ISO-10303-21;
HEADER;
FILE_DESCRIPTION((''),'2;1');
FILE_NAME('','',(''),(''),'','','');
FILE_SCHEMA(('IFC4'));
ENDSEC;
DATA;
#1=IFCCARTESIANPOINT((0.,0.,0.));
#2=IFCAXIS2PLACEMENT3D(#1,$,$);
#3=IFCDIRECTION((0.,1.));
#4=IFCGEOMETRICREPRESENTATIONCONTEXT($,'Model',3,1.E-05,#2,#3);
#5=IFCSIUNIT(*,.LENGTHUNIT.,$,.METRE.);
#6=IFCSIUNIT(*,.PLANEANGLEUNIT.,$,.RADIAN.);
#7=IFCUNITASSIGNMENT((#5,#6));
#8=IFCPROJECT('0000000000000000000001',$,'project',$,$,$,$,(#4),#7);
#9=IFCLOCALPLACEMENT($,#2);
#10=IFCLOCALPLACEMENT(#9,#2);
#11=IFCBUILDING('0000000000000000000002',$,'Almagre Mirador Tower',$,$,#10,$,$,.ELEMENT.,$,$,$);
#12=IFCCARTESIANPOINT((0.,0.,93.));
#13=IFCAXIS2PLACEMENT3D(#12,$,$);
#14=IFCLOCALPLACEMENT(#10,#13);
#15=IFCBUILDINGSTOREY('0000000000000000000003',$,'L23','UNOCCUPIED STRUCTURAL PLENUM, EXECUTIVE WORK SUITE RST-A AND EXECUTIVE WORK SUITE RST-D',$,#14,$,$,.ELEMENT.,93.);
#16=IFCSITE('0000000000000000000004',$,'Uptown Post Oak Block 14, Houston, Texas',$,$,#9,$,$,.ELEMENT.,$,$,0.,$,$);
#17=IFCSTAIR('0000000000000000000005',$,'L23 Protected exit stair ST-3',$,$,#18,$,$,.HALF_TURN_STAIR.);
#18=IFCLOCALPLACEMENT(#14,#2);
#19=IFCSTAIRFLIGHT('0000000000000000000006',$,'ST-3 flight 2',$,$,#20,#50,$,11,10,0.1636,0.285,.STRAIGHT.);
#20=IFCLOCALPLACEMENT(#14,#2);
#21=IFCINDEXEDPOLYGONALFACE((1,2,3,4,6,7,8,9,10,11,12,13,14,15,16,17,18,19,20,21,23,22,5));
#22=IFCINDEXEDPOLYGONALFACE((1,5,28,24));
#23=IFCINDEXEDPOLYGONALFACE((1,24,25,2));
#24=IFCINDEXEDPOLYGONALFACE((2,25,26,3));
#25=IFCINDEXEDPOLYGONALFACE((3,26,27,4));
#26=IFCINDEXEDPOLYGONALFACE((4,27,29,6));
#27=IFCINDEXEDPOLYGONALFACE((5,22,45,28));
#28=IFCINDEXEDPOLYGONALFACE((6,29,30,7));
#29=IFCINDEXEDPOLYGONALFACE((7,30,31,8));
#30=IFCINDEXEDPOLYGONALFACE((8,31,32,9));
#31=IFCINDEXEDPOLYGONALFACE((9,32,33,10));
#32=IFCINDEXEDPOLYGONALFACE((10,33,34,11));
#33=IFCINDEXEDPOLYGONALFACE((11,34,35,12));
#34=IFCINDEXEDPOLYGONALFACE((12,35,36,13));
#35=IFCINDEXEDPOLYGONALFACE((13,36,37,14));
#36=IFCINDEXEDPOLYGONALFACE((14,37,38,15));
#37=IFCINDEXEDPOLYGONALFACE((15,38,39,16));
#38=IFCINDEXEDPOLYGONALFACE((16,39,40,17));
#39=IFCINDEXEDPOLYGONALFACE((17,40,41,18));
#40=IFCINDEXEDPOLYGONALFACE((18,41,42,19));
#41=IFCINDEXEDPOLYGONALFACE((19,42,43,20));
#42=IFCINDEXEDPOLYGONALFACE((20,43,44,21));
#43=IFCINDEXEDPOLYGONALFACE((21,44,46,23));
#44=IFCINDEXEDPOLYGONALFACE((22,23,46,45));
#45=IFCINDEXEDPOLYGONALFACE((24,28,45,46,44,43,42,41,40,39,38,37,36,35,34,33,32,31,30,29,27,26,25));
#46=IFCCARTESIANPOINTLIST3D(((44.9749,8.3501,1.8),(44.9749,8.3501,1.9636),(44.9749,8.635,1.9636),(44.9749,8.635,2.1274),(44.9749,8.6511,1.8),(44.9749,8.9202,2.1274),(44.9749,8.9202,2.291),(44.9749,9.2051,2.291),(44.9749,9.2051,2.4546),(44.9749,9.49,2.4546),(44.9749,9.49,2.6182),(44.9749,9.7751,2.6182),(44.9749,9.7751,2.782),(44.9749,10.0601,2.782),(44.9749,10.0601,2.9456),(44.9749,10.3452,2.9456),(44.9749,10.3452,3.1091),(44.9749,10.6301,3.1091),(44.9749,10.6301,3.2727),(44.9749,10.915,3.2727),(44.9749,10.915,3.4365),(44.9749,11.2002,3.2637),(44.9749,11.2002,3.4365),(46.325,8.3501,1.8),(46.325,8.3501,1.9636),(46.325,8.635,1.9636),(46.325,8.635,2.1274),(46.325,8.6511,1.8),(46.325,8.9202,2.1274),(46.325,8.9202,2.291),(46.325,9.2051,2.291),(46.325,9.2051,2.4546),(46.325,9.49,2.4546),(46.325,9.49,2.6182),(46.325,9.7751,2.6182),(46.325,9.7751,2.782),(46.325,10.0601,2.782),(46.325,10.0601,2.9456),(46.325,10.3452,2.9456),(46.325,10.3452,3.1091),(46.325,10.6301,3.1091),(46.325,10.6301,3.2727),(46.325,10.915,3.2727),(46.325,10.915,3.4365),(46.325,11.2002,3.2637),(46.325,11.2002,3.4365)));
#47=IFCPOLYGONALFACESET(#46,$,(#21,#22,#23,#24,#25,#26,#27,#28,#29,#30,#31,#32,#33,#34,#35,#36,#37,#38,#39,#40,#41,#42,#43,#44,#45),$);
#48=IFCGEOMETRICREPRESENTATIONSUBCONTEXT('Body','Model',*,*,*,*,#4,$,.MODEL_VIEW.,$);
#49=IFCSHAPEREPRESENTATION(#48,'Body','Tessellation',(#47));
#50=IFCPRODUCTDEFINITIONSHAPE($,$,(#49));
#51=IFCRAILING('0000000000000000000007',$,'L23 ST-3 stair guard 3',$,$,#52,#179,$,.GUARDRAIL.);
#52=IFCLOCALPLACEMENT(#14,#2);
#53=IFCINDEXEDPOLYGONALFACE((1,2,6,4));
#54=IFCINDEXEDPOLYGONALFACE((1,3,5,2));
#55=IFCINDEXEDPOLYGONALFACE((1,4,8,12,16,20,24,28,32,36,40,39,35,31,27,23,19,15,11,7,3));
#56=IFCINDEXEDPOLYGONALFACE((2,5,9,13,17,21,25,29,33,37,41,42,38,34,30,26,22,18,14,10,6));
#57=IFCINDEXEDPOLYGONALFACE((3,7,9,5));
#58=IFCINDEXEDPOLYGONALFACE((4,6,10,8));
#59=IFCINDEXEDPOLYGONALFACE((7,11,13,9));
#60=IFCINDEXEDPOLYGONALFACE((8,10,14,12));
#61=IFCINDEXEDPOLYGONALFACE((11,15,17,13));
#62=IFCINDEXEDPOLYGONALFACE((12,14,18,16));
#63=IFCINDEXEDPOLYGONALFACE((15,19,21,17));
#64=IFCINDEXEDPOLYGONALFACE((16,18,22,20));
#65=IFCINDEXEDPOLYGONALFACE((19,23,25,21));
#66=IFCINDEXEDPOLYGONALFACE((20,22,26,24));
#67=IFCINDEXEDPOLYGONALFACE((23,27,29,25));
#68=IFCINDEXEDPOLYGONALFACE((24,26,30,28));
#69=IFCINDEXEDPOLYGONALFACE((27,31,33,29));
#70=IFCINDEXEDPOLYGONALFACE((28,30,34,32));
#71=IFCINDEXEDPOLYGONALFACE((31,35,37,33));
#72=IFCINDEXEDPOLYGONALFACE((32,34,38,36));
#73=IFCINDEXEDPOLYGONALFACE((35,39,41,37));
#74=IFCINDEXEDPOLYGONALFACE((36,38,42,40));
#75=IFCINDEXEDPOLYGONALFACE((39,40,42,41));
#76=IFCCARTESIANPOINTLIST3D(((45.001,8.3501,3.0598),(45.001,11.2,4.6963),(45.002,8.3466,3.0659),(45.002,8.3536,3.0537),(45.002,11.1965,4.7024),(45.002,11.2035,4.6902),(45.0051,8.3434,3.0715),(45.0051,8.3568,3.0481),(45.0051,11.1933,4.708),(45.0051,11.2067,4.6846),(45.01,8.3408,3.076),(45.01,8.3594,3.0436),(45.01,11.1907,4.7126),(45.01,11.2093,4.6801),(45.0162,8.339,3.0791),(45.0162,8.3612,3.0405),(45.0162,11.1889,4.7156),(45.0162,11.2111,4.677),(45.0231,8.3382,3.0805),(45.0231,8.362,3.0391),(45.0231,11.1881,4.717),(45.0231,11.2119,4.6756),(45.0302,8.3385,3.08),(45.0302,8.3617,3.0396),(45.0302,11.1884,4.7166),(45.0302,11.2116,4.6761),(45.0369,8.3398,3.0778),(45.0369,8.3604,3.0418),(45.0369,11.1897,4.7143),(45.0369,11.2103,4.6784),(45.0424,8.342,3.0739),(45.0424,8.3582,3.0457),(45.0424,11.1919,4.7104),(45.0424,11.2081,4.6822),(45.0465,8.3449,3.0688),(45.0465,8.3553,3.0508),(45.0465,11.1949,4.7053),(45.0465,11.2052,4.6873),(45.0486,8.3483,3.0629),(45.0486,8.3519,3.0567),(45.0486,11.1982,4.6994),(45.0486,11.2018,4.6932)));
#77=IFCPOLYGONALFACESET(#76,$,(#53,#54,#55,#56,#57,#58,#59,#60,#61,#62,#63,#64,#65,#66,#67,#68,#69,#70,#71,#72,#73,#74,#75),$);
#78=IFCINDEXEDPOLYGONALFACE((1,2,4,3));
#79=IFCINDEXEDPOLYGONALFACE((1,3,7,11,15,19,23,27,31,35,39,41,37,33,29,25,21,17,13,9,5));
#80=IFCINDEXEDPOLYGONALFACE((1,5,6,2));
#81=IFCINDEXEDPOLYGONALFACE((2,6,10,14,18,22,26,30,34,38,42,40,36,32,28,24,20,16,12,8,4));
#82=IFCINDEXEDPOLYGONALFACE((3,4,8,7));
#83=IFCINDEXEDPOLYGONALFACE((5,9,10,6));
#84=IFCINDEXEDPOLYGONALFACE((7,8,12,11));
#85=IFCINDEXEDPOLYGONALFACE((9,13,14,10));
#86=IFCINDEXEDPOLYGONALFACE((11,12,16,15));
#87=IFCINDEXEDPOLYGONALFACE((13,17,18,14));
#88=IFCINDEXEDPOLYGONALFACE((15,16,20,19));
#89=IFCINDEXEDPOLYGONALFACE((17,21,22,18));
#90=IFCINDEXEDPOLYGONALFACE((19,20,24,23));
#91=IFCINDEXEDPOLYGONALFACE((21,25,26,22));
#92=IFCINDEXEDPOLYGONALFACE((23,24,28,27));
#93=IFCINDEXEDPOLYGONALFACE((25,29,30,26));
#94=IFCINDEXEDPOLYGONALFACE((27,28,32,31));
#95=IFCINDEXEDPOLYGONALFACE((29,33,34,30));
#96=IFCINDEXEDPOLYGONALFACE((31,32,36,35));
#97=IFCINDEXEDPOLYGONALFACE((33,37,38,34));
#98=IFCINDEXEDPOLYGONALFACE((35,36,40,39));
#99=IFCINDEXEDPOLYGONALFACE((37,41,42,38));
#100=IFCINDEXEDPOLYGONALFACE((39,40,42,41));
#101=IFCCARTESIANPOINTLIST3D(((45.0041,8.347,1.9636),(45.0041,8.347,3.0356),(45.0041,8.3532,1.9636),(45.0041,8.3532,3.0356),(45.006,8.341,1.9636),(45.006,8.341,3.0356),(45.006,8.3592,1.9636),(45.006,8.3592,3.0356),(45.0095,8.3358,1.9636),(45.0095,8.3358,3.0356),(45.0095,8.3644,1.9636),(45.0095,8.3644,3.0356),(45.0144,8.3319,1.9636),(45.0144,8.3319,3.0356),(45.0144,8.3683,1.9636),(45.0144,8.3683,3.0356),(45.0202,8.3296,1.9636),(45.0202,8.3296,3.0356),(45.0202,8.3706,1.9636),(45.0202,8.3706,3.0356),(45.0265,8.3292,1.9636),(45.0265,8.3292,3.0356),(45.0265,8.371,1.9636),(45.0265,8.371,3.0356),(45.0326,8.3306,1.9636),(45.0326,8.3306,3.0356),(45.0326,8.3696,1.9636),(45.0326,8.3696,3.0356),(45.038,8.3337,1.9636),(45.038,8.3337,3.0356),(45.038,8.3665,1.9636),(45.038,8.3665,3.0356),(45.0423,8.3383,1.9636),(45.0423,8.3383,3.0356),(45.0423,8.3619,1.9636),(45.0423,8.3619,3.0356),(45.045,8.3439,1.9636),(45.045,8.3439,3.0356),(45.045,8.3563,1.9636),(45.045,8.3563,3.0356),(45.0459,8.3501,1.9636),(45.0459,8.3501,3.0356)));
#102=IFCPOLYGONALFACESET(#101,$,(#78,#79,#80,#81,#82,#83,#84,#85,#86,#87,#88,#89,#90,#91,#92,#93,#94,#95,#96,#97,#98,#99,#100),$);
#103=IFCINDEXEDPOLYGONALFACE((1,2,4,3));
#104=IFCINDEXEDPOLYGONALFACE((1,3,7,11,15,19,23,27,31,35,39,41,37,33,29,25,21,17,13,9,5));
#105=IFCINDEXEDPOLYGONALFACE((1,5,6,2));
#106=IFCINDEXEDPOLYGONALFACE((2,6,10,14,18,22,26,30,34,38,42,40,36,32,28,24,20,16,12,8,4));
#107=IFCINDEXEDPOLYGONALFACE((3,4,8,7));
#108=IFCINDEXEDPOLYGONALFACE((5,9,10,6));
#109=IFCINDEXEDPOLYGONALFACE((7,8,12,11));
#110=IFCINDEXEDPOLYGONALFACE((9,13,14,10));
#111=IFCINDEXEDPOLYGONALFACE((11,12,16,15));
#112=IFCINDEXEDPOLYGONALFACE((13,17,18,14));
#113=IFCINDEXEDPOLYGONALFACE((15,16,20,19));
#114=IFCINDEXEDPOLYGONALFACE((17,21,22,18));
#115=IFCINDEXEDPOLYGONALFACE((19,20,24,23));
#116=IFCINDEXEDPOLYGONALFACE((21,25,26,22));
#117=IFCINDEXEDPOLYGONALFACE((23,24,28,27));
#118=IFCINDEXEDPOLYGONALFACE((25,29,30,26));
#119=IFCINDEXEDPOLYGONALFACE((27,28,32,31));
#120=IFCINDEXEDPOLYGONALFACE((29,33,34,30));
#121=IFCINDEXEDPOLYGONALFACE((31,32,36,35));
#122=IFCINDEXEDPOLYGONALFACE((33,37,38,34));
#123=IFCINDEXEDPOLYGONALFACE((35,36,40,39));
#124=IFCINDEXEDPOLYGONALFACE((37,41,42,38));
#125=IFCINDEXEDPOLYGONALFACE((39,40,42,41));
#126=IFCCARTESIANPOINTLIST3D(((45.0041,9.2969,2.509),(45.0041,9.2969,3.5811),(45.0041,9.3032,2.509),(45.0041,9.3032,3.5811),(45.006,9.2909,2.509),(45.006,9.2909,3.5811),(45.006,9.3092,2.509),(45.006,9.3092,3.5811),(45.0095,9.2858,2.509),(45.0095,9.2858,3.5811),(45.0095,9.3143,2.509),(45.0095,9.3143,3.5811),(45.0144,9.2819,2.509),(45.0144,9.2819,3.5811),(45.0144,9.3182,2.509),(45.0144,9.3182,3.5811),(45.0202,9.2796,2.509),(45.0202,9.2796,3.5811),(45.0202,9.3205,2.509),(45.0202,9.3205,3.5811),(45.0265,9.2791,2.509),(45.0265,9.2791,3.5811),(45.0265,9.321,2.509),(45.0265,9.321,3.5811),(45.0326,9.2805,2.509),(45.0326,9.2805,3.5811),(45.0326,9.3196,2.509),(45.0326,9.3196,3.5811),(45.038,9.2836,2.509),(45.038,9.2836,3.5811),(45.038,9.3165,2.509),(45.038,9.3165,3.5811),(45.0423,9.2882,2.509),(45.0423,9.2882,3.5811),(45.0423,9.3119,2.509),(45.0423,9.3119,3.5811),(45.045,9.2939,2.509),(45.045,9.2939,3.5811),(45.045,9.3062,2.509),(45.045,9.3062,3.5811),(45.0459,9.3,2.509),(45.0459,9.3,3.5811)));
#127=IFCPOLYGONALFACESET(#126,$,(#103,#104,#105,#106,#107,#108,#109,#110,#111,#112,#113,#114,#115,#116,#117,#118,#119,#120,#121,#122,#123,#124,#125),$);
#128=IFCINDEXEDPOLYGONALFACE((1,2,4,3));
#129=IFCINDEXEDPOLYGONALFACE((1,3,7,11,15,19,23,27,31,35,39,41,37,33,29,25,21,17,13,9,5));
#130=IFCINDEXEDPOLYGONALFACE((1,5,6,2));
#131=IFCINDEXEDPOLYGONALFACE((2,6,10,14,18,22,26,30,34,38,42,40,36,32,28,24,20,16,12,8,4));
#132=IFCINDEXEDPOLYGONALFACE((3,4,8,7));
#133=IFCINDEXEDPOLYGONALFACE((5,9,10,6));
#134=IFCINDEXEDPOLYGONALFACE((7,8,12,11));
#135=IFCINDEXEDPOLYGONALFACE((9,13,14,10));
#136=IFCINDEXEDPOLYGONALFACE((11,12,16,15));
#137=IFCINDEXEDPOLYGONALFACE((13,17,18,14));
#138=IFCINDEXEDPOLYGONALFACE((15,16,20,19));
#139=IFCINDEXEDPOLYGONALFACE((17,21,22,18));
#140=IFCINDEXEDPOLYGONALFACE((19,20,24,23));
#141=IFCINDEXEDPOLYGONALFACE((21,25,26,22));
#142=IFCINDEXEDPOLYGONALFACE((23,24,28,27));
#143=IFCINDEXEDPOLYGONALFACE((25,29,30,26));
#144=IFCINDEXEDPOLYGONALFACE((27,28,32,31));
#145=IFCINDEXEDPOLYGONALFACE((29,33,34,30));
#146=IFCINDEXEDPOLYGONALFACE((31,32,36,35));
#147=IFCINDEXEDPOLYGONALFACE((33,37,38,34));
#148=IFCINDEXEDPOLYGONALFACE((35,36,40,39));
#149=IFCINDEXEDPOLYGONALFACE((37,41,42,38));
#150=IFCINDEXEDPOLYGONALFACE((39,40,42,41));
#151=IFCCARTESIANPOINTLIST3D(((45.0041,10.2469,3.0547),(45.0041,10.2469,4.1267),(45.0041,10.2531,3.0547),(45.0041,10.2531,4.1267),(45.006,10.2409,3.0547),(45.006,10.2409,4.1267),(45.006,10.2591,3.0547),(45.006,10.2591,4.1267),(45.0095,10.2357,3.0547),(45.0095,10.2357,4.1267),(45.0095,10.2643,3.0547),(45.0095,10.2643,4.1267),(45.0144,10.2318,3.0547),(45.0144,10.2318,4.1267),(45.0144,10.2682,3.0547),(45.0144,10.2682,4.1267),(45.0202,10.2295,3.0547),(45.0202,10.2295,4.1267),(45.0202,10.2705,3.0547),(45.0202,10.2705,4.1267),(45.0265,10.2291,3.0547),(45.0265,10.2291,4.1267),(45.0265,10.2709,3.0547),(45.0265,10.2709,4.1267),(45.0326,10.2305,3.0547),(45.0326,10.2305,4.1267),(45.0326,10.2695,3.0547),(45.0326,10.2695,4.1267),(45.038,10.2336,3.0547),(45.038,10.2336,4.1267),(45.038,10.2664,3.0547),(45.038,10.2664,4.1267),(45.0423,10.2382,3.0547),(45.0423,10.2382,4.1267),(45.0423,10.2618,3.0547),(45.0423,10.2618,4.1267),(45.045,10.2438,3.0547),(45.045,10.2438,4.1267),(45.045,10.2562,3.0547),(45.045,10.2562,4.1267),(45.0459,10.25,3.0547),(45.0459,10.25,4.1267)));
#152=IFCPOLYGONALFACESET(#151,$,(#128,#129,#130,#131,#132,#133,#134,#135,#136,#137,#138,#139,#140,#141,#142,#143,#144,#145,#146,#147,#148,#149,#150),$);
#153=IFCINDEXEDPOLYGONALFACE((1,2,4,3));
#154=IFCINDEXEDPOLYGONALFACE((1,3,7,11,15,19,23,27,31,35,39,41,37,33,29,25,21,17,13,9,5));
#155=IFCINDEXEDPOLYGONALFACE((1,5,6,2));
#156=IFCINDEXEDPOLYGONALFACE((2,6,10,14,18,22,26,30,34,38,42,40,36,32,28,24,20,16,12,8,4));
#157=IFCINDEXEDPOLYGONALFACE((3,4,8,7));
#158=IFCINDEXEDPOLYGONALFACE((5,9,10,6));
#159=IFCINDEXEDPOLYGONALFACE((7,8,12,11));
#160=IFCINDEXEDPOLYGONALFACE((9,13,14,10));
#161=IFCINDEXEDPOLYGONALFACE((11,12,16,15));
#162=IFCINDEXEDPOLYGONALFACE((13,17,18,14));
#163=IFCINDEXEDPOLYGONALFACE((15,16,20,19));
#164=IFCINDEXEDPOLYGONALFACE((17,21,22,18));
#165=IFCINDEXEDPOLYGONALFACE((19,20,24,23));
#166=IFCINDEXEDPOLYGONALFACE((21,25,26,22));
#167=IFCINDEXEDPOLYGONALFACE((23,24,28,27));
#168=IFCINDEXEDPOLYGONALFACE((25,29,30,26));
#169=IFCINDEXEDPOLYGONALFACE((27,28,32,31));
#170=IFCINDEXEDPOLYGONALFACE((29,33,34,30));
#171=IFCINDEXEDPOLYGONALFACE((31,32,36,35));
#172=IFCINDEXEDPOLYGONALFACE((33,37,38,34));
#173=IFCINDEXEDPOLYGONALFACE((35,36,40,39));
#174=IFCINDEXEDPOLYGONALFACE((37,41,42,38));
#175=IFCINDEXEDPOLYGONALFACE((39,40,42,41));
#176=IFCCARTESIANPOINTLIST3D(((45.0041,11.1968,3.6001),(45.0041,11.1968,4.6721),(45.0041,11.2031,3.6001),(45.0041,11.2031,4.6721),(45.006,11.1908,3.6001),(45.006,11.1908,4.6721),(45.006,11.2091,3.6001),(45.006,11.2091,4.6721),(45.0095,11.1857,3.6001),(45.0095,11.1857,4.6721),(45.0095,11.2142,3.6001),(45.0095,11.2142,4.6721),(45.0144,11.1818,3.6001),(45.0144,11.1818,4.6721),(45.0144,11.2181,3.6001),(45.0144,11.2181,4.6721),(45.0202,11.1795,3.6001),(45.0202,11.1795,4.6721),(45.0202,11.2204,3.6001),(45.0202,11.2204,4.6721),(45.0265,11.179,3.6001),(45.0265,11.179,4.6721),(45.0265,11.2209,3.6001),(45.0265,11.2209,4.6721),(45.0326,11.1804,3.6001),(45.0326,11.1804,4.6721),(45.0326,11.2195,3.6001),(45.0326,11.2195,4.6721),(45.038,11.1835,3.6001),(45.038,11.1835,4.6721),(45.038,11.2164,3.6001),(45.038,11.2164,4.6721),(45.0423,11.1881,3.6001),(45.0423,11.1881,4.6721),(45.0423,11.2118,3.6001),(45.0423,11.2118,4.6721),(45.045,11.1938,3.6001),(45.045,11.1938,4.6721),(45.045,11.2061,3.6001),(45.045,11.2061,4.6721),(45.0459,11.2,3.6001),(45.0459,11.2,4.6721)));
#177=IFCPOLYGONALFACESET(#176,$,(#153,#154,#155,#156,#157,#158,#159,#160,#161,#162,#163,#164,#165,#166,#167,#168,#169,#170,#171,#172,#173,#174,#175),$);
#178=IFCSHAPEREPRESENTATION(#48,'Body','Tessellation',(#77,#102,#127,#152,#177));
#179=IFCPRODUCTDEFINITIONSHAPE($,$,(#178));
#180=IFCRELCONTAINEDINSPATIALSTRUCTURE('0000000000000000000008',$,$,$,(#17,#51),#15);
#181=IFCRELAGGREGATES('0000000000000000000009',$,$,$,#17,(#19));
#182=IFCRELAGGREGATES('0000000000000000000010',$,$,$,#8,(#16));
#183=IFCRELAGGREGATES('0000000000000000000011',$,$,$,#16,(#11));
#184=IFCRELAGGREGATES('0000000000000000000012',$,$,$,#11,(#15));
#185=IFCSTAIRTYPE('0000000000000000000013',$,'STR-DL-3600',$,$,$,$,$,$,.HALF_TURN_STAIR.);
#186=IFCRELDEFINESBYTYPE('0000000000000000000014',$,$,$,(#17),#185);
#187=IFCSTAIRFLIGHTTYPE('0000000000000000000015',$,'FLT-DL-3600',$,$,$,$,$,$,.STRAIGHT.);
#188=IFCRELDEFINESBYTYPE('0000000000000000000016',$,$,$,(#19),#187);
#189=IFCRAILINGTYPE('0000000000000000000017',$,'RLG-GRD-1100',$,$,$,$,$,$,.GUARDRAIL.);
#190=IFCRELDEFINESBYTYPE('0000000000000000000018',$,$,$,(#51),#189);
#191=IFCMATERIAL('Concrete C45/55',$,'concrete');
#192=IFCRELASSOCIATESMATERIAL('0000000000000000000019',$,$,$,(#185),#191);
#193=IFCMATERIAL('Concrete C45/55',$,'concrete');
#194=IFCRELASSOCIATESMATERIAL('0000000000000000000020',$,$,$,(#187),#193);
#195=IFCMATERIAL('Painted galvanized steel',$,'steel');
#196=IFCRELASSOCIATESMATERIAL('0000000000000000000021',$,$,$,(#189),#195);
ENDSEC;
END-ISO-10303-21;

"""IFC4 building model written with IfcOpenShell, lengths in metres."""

from ifc_helpers import new_model, si_unit, direction, frame, origin, origin_2d, place, context, subcontext, project, spatial, polyline, circle, outline, extrude, material, type_object, element, aggregate, save


model = new_model("IFC4")

# Units and contexts
model_context = context("Model", 3, precision=1e-05, world=origin(), true_north=direction((0.0, 1.0)))
body_context = subcontext(model_context, "Body", "Model", "MODEL_VIEW")
ifc_project = project(units=[si_unit("LENGTHUNIT", "METRE"), si_unit("PLANEANGLEUNIT", "RADIAN")], contexts=[model_context])

# Site, building, storey
site_placement = place(None, origin())
site = spatial("IfcSite", under=ifc_project, at=site_placement, Name="Uptown Post Oak Block 14, Houston, Texas", CompositionType="ELEMENT", RefElevation=0.0)
building_placement = place(site_placement, origin())
building = spatial("IfcBuilding", under=site, at=building_placement, Name="Almagre Mirador Tower", CompositionType="ELEMENT")
storey_placement = place(building_placement, frame((0.0, 0.0, 93.0)))
storey = spatial("IfcBuildingStorey", under=building, at=storey_placement, Name="L23", Description="UNOCCUPIED STRUCTURAL PLENUM, EXECUTIVE WORK SUITE RST-A AND EXECUTIVE WORK SUITE RST-D", CompositionType="ELEMENT", Elevation=93.0)

# Stair, stair flight
ifc_material_1 = material(Name="Concrete C45/55", Category="concrete")
stair_type = type_object("IfcStairType", Name="STR-DL-3600", PredefinedType="HALF_TURN_STAIR", material=ifc_material_1)
stair_placement = place(storey_placement, origin())
stair = element("IfcStair", 1, at=stair_placement, inside=storey, type_object=stair_type, Name="L23 Protected exit stair ST-3", PredefinedType="HALF_TURN_STAIR")
ifc_material_2 = material(Name="Concrete C45/55", Category="concrete")
stair_flight_type = type_object("IfcStairFlightType", Name="FLT-DL-3600", PredefinedType="STRAIGHT", material=ifc_material_2)
stair_flight_placement = place(storey_placement, frame((45.6499, 8.3501, 1.8), z_axis=(0.0, 0.0, 1.0), x_axis=(0.0, 1.0, 0.0)))
stair_flight = element("IfcStairFlight", 2, at=stair_flight_placement, type_object=stair_flight_type, Name="ST-3 flight 2", NumberOfRisers=11, NumberOfTreads=10, PredefinedType="STRAIGHT", RiserHeight=0.1636, TreadLength=0.285, context=body_context, shape_type="SweptSolid", body=[
    extrude(outline(polyline([(0.0, 0.0), (0.0, 0.1636), (0.2849, 0.1636), (0.2849, 0.3274), (0.5701, 0.3274), (0.5701, 0.491), (0.855, 0.491), (0.855, 0.6545), (1.1399, 0.6545), (1.1399, 0.8181), (1.425, 0.8181), (1.425, 0.9819), (1.71, 0.9819), (1.71, 1.1455), (1.9951, 1.1455), (1.9951, 1.3091), (2.28, 1.3091), (2.28, 1.4727), (2.5649, 1.4727), (2.5649, 1.6365), (2.8501, 1.6365), (2.8501, 1.8), (2.8501, 1.4636), (0.301, 0.0), (0.0, 0.0)])), frame((0.0, 0.675, 0.0), z_axis=(0.0, -1.0, 0.0), x_axis=(1.0, 0.0, 0.0)), (0.0, 0.0, 1.0), 1.3501),
])
aggregate(stair, [stair_flight])

# Railing
ifc_material_3 = material(Name="Painted galvanized steel", Category="steel")
railing_type_1 = type_object("IfcRailingType", Name="RLG-GRD-1100", PredefinedType="GUARDRAIL", material=ifc_material_3)
railing_1_placement = place(storey_placement, frame((45.0249, 8.3501, 1.9636)))
element("IfcRailing", 3, at=railing_1_placement, inside=storey, type_object=railing_type_1, Name="L23 ST-3 stair guard 3", PredefinedType="GUARDRAIL", context=body_context, shape_type="SweptSolid", body=[
    extrude(circle(Radius=0.0239, at=origin_2d()), frame((0.0, 0.0, 1.0962), z_axis=(0.0, 0.867194, 0.49797), x_axis=(-1.0, 0.0, 0.0)), (0.0, 0.0, 1.0), 3.2864),
    extrude(circle(Radius=0.021, at=origin_2d()), origin(), (0.0, 0.0, 1.0), 1.072),
    extrude(circle(Radius=0.021, at=origin_2d()), frame((0.0, 0.95, 0.5454)), (0.0, 0.0, 1.0), 1.072),
    extrude(circle(Radius=0.021, at=origin_2d()), frame((0.0, 1.8999, 1.0911)), (0.0, 0.0, 1.0), 1.072),
    extrude(circle(Radius=0.021, at=origin_2d()), frame((0.0, 2.8499, 1.6365)), (0.0, 0.0, 1.0), 1.072),
])

save(model, "model.ifc")
